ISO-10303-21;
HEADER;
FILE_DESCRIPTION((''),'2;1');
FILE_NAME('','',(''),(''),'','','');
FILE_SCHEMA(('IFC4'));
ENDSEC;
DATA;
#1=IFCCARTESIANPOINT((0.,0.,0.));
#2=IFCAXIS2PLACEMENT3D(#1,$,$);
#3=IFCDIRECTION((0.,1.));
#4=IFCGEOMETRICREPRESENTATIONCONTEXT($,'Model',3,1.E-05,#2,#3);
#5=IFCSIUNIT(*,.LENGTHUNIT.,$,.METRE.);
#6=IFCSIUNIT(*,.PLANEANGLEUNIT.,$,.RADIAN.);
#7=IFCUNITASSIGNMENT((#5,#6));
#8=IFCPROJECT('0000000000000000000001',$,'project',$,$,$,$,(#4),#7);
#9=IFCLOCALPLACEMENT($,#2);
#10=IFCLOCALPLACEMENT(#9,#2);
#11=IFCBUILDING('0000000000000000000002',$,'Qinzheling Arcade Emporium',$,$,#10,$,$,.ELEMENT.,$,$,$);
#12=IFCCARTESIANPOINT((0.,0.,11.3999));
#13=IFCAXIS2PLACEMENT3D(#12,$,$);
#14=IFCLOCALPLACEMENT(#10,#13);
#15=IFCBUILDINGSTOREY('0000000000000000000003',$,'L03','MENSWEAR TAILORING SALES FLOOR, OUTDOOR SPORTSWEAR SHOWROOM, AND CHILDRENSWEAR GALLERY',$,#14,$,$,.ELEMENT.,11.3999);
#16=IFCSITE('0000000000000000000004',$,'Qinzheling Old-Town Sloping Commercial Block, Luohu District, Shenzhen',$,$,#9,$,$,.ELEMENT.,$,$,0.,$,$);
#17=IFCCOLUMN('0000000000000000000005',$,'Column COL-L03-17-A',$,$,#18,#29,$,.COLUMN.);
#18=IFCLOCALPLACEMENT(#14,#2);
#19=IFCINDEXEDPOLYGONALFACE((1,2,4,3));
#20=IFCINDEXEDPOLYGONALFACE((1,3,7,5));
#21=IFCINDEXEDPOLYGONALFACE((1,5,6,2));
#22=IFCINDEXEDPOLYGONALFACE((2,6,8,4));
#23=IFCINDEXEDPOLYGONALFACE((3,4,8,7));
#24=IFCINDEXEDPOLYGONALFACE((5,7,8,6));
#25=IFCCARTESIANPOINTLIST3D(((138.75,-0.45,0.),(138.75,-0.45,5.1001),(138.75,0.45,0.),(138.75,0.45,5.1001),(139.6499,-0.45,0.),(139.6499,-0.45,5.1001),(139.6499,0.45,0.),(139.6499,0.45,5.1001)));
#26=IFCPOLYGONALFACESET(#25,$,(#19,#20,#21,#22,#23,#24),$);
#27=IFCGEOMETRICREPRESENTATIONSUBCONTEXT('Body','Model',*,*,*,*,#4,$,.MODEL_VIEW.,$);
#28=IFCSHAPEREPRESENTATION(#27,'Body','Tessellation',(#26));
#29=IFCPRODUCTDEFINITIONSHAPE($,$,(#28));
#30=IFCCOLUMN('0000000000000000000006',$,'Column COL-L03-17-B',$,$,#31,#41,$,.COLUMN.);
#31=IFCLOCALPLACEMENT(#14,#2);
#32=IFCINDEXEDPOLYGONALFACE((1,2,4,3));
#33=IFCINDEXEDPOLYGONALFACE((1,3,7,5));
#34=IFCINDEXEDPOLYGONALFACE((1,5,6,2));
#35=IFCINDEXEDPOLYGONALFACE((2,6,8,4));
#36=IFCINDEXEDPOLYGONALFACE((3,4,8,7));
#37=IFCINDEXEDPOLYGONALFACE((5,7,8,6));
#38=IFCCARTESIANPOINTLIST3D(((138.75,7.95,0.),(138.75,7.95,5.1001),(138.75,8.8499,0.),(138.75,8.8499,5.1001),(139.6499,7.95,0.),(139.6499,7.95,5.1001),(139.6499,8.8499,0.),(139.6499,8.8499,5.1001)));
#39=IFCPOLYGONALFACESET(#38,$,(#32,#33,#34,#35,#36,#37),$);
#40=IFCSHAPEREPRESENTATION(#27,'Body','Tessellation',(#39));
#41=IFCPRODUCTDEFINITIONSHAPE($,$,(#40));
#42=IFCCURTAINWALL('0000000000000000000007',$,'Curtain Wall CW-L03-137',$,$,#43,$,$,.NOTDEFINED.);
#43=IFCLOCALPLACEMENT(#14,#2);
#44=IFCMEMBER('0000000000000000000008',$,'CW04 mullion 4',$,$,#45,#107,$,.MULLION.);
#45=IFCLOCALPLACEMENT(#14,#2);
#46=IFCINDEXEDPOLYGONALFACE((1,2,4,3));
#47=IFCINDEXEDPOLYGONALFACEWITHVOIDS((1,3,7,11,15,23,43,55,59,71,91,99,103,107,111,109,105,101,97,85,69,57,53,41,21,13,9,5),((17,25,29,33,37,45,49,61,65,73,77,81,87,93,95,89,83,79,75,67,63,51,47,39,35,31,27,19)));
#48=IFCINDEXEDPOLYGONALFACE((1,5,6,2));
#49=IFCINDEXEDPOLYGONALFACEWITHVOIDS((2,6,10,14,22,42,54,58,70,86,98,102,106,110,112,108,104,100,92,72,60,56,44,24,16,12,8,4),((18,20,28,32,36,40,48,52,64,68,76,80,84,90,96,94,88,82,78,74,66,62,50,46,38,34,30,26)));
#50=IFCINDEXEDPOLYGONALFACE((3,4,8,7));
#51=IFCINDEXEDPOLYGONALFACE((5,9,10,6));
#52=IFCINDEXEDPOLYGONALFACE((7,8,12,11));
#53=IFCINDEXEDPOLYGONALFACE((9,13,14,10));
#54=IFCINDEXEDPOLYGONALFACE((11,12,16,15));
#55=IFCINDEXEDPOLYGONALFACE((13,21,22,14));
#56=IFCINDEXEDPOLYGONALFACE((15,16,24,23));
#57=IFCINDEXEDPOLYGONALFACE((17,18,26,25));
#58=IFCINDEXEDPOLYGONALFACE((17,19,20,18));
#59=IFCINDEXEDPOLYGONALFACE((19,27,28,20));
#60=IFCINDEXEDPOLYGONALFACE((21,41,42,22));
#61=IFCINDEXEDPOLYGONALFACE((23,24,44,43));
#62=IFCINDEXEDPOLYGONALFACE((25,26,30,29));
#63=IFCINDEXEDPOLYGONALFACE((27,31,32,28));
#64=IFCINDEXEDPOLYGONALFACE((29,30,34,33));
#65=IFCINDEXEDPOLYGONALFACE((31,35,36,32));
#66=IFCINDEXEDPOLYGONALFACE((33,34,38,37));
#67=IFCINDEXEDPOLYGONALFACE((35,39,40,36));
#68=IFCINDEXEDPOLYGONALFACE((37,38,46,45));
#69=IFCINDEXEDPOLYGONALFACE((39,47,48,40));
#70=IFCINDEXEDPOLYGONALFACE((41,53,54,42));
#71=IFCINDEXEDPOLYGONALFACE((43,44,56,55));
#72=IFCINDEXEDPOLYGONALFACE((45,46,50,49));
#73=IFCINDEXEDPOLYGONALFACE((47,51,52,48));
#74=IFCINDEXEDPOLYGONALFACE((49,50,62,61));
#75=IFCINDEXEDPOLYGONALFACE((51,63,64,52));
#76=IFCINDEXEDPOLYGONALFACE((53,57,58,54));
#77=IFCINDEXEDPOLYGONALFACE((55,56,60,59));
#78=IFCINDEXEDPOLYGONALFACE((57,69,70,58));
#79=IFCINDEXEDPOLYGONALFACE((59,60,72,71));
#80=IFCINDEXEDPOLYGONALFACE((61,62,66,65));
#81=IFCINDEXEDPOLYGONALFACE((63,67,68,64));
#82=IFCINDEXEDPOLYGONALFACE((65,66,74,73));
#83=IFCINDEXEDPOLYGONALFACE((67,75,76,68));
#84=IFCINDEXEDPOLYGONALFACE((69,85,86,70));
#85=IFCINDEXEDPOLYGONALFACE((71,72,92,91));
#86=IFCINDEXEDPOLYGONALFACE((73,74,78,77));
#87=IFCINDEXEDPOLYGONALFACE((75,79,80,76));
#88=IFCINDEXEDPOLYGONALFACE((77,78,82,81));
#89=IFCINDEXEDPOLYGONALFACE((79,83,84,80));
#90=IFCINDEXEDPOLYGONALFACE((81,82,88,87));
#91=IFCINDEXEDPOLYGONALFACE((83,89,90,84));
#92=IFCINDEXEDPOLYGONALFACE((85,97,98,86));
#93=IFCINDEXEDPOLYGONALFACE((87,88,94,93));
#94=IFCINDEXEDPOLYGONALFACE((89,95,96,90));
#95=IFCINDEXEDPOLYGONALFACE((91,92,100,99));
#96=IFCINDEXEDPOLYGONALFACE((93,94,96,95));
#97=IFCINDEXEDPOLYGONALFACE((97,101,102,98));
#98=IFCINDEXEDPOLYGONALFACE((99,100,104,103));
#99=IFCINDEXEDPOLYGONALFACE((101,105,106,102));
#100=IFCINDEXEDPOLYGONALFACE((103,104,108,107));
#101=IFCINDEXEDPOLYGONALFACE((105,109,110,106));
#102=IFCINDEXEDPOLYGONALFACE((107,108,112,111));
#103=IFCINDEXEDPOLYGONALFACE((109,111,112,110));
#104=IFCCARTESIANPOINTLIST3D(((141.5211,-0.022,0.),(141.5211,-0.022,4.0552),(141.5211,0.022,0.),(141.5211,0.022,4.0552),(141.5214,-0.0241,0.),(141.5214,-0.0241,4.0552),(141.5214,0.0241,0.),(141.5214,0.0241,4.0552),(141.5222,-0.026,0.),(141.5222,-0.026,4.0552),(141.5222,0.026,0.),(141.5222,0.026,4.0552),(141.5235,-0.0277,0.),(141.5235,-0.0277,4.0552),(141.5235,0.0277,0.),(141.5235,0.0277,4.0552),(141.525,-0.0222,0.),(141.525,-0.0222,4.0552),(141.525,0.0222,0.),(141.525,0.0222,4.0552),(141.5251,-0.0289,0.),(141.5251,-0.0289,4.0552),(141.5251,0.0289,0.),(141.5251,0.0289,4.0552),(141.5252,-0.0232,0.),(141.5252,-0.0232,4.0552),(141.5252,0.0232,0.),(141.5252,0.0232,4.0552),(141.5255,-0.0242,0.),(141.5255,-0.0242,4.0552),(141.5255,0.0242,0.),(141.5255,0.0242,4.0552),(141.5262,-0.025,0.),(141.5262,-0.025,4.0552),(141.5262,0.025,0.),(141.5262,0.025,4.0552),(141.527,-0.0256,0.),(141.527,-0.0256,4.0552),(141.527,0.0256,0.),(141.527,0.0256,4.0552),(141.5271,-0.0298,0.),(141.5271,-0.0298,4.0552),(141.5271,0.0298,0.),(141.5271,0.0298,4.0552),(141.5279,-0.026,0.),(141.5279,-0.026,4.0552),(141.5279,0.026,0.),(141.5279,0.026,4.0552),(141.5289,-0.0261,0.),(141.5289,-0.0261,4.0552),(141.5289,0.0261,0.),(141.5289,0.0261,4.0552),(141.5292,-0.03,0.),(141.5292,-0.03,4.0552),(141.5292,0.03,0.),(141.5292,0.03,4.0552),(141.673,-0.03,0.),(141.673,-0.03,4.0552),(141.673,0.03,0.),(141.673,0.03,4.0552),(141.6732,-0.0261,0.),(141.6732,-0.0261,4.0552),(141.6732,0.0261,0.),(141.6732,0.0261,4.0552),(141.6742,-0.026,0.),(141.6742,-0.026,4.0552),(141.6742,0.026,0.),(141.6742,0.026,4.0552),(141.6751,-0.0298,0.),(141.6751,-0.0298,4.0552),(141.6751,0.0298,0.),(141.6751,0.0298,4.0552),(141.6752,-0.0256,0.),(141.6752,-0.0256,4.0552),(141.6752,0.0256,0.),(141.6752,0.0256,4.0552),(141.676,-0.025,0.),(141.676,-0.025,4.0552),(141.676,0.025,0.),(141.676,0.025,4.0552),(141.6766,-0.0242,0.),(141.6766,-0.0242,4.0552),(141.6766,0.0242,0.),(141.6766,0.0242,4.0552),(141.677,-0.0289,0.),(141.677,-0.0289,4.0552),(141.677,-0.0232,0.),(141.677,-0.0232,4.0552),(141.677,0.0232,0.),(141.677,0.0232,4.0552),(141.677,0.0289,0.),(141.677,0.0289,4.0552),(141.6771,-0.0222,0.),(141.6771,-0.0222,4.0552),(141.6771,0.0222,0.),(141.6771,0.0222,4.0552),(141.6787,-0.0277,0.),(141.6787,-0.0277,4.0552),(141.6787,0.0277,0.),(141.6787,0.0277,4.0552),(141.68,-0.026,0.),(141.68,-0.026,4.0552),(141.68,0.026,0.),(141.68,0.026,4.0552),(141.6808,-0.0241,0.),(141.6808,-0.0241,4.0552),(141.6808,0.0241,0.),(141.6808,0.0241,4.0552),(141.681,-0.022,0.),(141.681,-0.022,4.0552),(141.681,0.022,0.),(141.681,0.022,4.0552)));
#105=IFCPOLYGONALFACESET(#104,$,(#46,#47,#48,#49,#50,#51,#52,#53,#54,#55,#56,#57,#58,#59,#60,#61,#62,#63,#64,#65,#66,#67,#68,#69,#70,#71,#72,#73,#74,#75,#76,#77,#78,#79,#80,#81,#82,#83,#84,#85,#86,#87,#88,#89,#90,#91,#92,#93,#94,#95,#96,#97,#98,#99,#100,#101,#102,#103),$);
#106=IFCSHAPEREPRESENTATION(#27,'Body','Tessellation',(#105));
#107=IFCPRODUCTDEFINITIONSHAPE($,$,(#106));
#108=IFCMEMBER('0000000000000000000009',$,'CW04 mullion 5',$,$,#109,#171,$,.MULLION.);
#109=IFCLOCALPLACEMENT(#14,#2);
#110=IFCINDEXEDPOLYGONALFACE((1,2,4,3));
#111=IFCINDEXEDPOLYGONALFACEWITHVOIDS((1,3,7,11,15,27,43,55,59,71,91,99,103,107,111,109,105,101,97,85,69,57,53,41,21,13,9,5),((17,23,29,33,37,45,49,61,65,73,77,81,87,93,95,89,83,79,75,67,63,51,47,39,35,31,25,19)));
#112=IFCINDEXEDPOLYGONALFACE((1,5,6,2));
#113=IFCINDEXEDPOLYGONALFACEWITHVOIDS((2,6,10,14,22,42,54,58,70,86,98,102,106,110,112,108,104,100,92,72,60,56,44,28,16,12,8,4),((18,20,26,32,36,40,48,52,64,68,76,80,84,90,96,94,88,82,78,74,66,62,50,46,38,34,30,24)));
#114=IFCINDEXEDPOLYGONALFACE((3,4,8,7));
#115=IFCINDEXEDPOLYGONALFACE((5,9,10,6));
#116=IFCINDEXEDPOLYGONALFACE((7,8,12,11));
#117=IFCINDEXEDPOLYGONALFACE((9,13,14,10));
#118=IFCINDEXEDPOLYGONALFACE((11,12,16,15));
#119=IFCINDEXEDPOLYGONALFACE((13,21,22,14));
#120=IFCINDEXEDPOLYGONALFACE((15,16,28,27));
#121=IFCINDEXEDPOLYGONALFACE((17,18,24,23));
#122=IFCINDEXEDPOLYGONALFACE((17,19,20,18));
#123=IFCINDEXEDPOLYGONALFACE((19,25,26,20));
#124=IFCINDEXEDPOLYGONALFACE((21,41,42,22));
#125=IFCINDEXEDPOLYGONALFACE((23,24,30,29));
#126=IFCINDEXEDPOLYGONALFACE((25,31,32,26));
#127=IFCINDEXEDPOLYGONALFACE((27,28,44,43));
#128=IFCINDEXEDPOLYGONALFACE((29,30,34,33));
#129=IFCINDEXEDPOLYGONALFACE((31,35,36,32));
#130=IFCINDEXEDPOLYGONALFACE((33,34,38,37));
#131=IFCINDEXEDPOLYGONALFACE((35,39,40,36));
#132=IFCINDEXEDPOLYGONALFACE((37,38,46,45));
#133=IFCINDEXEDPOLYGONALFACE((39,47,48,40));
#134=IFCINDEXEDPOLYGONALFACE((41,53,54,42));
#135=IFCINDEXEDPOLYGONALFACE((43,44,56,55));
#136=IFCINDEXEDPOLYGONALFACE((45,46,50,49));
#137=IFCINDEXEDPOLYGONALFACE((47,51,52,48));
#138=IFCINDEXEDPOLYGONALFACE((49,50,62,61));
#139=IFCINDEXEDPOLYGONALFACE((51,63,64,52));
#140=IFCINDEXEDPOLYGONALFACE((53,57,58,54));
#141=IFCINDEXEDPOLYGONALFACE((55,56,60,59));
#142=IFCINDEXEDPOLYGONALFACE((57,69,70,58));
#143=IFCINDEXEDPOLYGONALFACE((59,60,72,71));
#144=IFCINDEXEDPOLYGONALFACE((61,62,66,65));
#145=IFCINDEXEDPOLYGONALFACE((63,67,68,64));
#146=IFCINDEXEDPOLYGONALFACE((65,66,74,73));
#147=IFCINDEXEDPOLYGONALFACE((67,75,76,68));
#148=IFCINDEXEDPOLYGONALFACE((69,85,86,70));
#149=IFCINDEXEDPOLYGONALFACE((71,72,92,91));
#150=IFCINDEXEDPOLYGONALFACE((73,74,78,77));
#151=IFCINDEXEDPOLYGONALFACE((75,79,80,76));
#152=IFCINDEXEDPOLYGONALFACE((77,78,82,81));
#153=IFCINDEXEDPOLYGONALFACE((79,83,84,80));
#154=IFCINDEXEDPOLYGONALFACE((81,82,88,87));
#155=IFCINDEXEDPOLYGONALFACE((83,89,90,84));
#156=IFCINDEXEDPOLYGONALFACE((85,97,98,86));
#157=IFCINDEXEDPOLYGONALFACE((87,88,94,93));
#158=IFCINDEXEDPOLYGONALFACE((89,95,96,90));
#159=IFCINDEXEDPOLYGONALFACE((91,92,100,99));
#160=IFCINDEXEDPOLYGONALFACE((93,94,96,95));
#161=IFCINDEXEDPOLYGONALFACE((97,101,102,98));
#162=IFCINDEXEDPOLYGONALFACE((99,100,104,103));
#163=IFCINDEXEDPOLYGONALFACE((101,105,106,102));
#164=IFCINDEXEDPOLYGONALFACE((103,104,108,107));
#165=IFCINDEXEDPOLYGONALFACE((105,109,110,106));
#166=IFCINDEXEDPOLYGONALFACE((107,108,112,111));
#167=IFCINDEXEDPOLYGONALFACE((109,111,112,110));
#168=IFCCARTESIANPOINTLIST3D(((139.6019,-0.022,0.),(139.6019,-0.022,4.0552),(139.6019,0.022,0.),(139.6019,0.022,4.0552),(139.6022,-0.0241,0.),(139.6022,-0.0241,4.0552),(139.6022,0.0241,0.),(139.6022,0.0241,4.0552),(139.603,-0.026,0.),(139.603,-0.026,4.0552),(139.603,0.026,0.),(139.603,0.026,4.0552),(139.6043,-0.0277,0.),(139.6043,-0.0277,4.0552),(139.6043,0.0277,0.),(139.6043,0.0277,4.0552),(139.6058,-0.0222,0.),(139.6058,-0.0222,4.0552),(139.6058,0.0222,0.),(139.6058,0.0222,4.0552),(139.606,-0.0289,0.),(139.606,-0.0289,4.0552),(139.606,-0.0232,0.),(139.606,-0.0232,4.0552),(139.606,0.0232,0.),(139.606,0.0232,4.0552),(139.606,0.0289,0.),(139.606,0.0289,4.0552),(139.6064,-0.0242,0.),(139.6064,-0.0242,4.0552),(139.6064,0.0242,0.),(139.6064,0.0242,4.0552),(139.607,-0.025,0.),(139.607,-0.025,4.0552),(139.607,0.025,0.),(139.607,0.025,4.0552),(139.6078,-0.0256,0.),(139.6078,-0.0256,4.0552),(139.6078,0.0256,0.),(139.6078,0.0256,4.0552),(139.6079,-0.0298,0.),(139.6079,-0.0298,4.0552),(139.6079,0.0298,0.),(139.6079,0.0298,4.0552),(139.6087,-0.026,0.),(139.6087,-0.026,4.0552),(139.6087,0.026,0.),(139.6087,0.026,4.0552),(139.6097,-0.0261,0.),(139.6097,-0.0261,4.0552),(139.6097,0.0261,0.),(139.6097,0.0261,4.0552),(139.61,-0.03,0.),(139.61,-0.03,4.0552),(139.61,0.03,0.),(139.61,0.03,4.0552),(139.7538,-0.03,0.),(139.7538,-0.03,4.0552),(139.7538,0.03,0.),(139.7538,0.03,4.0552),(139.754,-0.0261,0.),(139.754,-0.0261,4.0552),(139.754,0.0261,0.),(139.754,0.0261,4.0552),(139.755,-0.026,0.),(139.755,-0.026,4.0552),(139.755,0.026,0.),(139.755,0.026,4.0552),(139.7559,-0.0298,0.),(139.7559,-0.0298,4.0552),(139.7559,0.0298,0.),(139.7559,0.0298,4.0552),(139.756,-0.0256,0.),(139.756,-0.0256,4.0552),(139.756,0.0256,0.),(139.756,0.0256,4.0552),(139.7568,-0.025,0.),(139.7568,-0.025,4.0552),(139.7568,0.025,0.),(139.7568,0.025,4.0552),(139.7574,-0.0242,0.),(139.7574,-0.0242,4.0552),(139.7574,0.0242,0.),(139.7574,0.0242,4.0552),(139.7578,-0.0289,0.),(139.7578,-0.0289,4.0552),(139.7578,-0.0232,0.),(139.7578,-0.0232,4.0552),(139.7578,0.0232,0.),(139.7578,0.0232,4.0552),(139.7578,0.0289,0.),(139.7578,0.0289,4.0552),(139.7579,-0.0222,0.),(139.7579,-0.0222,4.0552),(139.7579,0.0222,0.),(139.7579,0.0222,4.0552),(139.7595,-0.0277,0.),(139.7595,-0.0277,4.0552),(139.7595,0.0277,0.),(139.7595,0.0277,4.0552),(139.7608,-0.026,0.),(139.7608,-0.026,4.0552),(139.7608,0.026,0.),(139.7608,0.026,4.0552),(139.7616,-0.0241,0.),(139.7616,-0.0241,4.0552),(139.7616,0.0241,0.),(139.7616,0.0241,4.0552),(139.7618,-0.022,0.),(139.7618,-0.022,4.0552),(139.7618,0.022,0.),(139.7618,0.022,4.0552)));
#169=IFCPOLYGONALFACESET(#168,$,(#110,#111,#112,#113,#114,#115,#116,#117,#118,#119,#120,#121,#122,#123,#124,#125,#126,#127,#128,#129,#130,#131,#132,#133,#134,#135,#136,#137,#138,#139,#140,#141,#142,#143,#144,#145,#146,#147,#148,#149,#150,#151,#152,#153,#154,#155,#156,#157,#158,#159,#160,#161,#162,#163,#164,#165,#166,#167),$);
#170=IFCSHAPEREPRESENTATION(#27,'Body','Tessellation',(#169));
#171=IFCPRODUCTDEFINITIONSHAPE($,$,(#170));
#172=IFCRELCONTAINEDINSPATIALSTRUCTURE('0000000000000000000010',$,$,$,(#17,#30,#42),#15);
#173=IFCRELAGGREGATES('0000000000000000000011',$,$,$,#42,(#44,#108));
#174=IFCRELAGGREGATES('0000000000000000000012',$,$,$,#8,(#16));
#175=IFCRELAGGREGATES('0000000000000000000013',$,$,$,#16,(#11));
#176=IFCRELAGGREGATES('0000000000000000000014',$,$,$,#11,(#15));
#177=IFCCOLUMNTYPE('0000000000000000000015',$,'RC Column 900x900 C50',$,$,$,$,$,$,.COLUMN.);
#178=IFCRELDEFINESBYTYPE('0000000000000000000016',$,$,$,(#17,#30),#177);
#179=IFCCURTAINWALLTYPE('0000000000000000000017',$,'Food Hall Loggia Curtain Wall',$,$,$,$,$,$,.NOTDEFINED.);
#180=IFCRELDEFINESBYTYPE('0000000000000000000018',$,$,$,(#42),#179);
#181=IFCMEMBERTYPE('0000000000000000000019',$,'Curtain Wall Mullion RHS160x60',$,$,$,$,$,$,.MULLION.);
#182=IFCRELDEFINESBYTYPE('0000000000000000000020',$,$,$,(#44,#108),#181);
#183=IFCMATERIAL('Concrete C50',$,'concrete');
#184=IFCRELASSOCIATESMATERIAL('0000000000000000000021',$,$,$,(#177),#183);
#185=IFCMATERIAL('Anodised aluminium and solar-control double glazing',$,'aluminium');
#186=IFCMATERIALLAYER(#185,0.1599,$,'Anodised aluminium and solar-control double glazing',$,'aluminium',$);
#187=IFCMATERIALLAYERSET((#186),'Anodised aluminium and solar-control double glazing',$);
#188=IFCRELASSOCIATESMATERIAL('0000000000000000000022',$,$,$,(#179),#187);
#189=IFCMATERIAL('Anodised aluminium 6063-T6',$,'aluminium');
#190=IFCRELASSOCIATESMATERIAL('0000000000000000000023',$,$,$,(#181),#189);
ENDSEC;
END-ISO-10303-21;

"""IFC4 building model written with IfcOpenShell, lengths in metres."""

from ifc_helpers import new_model, si_unit, direction, frame, origin, origin_2d, place, context, subcontext, project, spatial, rectangle, hollow_rectangle, extrude, material, layer, layer_set, material_profile, profile_set, type_object, element, aggregate, save


model = new_model("IFC4")

# Units and contexts
model_context = context("Model", 3, precision=1e-05, world=origin(), true_north=direction((0.0, 1.0)))
body_context = subcontext(model_context, "Body", "Model", "MODEL_VIEW")
ifc_project = project(units=[si_unit("LENGTHUNIT", "METRE"), si_unit("PLANEANGLEUNIT", "RADIAN")], contexts=[model_context])

# Site, building, storey
site_placement = place(None, origin())
site = spatial("IfcSite", under=ifc_project, at=site_placement, Name="Qinzheling Old-Town Sloping Commercial Block, Luohu District, Shenzhen", CompositionType="ELEMENT", RefElevation=0.0)
building_placement = place(site_placement, origin())
building = spatial("IfcBuilding", under=site, at=building_placement, Name="Qinzheling Arcade Emporium", CompositionType="ELEMENT")
storey_placement = place(building_placement, frame((0.0, 0.0, 11.3999)))
storey = spatial("IfcBuildingStorey", under=building, at=storey_placement, Name="L03", Description="MENSWEAR TAILORING SALES FLOOR, OUTDOOR SPORTSWEAR SHOWROOM, AND CHILDRENSWEAR GALLERY", CompositionType="ELEMENT", Elevation=11.3999)

# Columns
ifc_material_1 = material(Name="Concrete C50", Category="concrete")
ifc_material_profile_1 = material_profile(ifc_material_1, rectangle(XDim=0.8999, YDim=0.8999, at=origin_2d()), Name="RC 900x900", Category="concrete")
ifc_profile_set_1 = profile_set([ifc_material_profile_1], Name="Concrete C50")
column_type = type_object("IfcColumnType", Name="RC Column 900x900 C50", PredefinedType="COLUMN", material=ifc_profile_set_1)
for number, where, z_axis, x_axis, name in (
    (1, (139.2, 0.0, 0.0), (0.0, 0.0, 1.0), (1.0, 0.0, 0.0), "Column COL-L03-17-A"),
    (2, (139.2, 8.3999, 0.0), (0.0, 0.0, 1.0), (1.0, 0.0, 0.0), "Column COL-L03-17-B"),
):
    element("IfcColumn", number, at=place(storey_placement, frame(where, z_axis=z_axis, x_axis=x_axis)), inside=storey, type_object=column_type, Name=name, PredefinedType="COLUMN", context=body_context, shape_type="SweptSolid", body=[
        extrude(rectangle(XDim=0.8999, YDim=0.8999, at=origin_2d()), origin(), (0.0, 0.0, 1.0), 5.1001),
    ])

# Curtain wall, members
ifc_material_2 = material(Name="Anodised aluminium and solar-control double glazing", Category="aluminium")
ifc_layer_1 = layer(ifc_material_2, 0.1599, Name="Anodised aluminium and solar-control double glazing", Category="aluminium")
ifc_layer_set_1 = layer_set([ifc_layer_1], Name="Anodised aluminium and solar-control double glazing")
curtain_wall_type = type_object("IfcCurtainWallType", Name="Food Hall Loggia Curtain Wall", PredefinedType="NOTDEFINED", material=ifc_layer_set_1)
curtain_wall_placement = place(storey_placement, origin())
curtain_wall = element("IfcCurtainWall", 3, at=curtain_wall_placement, inside=storey, type_object=curtain_wall_type, Name="Curtain Wall CW-L03-137", PredefinedType="NOTDEFINED")
ifc_material_3 = material(Name="Anodised aluminium 6063-T6", Category="aluminium")
ifc_material_profile_2 = material_profile(ifc_material_3, hollow_rectangle(XDim=0.0601, YDim=0.1599, WallThickness=0.0039, InnerFilletRadius=0.0039, OuterFilletRadius=0.0081, at=origin_2d()), Name="RHS 160x60x4", Category="aluminium")
ifc_profile_set_2 = profile_set([ifc_material_profile_2], Name="Anodised aluminium 6063-T6")
member_type_1 = type_object("IfcMemberType", Name="Curtain Wall Mullion RHS160x60", PredefinedType="MULLION", material=ifc_profile_set_2)
member_1_placement = place(storey_placement, frame((141.6011, 0.0, 0.0), z_axis=(0.0, 0.0, 1.0), x_axis=(0.0, -1.0, 0.0)))
member_1 = element("IfcMember", 4, at=member_1_placement, type_object=member_type_1, Name="CW04 mullion 4", PredefinedType="MULLION", context=body_context, shape_type="SweptSolid", body=[
    extrude(hollow_rectangle(XDim=0.0601, YDim=0.1599, WallThickness=0.0039, InnerFilletRadius=0.0039, OuterFilletRadius=0.0081, at=origin_2d()), origin(), (0.0, 0.0, 1.0), 4.0552),
])
member_2_placement = place(storey_placement, frame((139.6819, 0.0, 0.0), z_axis=(0.0, 0.0, 1.0), x_axis=(0.0, -1.0, 0.0)))
member_2 = element("IfcMember", 5, at=member_2_placement, type_object=member_type_1, Name="CW04 mullion 5", PredefinedType="MULLION", context=body_context, shape_type="SweptSolid", body=[
    extrude(hollow_rectangle(XDim=0.0601, YDim=0.1599, WallThickness=0.0039, InnerFilletRadius=0.0039, OuterFilletRadius=0.0081, at=origin_2d()), origin(), (0.0, 0.0, 1.0), 4.0552),
])

aggregate(curtain_wall, [member_1, member_2])

save(model, "model.ifc")
